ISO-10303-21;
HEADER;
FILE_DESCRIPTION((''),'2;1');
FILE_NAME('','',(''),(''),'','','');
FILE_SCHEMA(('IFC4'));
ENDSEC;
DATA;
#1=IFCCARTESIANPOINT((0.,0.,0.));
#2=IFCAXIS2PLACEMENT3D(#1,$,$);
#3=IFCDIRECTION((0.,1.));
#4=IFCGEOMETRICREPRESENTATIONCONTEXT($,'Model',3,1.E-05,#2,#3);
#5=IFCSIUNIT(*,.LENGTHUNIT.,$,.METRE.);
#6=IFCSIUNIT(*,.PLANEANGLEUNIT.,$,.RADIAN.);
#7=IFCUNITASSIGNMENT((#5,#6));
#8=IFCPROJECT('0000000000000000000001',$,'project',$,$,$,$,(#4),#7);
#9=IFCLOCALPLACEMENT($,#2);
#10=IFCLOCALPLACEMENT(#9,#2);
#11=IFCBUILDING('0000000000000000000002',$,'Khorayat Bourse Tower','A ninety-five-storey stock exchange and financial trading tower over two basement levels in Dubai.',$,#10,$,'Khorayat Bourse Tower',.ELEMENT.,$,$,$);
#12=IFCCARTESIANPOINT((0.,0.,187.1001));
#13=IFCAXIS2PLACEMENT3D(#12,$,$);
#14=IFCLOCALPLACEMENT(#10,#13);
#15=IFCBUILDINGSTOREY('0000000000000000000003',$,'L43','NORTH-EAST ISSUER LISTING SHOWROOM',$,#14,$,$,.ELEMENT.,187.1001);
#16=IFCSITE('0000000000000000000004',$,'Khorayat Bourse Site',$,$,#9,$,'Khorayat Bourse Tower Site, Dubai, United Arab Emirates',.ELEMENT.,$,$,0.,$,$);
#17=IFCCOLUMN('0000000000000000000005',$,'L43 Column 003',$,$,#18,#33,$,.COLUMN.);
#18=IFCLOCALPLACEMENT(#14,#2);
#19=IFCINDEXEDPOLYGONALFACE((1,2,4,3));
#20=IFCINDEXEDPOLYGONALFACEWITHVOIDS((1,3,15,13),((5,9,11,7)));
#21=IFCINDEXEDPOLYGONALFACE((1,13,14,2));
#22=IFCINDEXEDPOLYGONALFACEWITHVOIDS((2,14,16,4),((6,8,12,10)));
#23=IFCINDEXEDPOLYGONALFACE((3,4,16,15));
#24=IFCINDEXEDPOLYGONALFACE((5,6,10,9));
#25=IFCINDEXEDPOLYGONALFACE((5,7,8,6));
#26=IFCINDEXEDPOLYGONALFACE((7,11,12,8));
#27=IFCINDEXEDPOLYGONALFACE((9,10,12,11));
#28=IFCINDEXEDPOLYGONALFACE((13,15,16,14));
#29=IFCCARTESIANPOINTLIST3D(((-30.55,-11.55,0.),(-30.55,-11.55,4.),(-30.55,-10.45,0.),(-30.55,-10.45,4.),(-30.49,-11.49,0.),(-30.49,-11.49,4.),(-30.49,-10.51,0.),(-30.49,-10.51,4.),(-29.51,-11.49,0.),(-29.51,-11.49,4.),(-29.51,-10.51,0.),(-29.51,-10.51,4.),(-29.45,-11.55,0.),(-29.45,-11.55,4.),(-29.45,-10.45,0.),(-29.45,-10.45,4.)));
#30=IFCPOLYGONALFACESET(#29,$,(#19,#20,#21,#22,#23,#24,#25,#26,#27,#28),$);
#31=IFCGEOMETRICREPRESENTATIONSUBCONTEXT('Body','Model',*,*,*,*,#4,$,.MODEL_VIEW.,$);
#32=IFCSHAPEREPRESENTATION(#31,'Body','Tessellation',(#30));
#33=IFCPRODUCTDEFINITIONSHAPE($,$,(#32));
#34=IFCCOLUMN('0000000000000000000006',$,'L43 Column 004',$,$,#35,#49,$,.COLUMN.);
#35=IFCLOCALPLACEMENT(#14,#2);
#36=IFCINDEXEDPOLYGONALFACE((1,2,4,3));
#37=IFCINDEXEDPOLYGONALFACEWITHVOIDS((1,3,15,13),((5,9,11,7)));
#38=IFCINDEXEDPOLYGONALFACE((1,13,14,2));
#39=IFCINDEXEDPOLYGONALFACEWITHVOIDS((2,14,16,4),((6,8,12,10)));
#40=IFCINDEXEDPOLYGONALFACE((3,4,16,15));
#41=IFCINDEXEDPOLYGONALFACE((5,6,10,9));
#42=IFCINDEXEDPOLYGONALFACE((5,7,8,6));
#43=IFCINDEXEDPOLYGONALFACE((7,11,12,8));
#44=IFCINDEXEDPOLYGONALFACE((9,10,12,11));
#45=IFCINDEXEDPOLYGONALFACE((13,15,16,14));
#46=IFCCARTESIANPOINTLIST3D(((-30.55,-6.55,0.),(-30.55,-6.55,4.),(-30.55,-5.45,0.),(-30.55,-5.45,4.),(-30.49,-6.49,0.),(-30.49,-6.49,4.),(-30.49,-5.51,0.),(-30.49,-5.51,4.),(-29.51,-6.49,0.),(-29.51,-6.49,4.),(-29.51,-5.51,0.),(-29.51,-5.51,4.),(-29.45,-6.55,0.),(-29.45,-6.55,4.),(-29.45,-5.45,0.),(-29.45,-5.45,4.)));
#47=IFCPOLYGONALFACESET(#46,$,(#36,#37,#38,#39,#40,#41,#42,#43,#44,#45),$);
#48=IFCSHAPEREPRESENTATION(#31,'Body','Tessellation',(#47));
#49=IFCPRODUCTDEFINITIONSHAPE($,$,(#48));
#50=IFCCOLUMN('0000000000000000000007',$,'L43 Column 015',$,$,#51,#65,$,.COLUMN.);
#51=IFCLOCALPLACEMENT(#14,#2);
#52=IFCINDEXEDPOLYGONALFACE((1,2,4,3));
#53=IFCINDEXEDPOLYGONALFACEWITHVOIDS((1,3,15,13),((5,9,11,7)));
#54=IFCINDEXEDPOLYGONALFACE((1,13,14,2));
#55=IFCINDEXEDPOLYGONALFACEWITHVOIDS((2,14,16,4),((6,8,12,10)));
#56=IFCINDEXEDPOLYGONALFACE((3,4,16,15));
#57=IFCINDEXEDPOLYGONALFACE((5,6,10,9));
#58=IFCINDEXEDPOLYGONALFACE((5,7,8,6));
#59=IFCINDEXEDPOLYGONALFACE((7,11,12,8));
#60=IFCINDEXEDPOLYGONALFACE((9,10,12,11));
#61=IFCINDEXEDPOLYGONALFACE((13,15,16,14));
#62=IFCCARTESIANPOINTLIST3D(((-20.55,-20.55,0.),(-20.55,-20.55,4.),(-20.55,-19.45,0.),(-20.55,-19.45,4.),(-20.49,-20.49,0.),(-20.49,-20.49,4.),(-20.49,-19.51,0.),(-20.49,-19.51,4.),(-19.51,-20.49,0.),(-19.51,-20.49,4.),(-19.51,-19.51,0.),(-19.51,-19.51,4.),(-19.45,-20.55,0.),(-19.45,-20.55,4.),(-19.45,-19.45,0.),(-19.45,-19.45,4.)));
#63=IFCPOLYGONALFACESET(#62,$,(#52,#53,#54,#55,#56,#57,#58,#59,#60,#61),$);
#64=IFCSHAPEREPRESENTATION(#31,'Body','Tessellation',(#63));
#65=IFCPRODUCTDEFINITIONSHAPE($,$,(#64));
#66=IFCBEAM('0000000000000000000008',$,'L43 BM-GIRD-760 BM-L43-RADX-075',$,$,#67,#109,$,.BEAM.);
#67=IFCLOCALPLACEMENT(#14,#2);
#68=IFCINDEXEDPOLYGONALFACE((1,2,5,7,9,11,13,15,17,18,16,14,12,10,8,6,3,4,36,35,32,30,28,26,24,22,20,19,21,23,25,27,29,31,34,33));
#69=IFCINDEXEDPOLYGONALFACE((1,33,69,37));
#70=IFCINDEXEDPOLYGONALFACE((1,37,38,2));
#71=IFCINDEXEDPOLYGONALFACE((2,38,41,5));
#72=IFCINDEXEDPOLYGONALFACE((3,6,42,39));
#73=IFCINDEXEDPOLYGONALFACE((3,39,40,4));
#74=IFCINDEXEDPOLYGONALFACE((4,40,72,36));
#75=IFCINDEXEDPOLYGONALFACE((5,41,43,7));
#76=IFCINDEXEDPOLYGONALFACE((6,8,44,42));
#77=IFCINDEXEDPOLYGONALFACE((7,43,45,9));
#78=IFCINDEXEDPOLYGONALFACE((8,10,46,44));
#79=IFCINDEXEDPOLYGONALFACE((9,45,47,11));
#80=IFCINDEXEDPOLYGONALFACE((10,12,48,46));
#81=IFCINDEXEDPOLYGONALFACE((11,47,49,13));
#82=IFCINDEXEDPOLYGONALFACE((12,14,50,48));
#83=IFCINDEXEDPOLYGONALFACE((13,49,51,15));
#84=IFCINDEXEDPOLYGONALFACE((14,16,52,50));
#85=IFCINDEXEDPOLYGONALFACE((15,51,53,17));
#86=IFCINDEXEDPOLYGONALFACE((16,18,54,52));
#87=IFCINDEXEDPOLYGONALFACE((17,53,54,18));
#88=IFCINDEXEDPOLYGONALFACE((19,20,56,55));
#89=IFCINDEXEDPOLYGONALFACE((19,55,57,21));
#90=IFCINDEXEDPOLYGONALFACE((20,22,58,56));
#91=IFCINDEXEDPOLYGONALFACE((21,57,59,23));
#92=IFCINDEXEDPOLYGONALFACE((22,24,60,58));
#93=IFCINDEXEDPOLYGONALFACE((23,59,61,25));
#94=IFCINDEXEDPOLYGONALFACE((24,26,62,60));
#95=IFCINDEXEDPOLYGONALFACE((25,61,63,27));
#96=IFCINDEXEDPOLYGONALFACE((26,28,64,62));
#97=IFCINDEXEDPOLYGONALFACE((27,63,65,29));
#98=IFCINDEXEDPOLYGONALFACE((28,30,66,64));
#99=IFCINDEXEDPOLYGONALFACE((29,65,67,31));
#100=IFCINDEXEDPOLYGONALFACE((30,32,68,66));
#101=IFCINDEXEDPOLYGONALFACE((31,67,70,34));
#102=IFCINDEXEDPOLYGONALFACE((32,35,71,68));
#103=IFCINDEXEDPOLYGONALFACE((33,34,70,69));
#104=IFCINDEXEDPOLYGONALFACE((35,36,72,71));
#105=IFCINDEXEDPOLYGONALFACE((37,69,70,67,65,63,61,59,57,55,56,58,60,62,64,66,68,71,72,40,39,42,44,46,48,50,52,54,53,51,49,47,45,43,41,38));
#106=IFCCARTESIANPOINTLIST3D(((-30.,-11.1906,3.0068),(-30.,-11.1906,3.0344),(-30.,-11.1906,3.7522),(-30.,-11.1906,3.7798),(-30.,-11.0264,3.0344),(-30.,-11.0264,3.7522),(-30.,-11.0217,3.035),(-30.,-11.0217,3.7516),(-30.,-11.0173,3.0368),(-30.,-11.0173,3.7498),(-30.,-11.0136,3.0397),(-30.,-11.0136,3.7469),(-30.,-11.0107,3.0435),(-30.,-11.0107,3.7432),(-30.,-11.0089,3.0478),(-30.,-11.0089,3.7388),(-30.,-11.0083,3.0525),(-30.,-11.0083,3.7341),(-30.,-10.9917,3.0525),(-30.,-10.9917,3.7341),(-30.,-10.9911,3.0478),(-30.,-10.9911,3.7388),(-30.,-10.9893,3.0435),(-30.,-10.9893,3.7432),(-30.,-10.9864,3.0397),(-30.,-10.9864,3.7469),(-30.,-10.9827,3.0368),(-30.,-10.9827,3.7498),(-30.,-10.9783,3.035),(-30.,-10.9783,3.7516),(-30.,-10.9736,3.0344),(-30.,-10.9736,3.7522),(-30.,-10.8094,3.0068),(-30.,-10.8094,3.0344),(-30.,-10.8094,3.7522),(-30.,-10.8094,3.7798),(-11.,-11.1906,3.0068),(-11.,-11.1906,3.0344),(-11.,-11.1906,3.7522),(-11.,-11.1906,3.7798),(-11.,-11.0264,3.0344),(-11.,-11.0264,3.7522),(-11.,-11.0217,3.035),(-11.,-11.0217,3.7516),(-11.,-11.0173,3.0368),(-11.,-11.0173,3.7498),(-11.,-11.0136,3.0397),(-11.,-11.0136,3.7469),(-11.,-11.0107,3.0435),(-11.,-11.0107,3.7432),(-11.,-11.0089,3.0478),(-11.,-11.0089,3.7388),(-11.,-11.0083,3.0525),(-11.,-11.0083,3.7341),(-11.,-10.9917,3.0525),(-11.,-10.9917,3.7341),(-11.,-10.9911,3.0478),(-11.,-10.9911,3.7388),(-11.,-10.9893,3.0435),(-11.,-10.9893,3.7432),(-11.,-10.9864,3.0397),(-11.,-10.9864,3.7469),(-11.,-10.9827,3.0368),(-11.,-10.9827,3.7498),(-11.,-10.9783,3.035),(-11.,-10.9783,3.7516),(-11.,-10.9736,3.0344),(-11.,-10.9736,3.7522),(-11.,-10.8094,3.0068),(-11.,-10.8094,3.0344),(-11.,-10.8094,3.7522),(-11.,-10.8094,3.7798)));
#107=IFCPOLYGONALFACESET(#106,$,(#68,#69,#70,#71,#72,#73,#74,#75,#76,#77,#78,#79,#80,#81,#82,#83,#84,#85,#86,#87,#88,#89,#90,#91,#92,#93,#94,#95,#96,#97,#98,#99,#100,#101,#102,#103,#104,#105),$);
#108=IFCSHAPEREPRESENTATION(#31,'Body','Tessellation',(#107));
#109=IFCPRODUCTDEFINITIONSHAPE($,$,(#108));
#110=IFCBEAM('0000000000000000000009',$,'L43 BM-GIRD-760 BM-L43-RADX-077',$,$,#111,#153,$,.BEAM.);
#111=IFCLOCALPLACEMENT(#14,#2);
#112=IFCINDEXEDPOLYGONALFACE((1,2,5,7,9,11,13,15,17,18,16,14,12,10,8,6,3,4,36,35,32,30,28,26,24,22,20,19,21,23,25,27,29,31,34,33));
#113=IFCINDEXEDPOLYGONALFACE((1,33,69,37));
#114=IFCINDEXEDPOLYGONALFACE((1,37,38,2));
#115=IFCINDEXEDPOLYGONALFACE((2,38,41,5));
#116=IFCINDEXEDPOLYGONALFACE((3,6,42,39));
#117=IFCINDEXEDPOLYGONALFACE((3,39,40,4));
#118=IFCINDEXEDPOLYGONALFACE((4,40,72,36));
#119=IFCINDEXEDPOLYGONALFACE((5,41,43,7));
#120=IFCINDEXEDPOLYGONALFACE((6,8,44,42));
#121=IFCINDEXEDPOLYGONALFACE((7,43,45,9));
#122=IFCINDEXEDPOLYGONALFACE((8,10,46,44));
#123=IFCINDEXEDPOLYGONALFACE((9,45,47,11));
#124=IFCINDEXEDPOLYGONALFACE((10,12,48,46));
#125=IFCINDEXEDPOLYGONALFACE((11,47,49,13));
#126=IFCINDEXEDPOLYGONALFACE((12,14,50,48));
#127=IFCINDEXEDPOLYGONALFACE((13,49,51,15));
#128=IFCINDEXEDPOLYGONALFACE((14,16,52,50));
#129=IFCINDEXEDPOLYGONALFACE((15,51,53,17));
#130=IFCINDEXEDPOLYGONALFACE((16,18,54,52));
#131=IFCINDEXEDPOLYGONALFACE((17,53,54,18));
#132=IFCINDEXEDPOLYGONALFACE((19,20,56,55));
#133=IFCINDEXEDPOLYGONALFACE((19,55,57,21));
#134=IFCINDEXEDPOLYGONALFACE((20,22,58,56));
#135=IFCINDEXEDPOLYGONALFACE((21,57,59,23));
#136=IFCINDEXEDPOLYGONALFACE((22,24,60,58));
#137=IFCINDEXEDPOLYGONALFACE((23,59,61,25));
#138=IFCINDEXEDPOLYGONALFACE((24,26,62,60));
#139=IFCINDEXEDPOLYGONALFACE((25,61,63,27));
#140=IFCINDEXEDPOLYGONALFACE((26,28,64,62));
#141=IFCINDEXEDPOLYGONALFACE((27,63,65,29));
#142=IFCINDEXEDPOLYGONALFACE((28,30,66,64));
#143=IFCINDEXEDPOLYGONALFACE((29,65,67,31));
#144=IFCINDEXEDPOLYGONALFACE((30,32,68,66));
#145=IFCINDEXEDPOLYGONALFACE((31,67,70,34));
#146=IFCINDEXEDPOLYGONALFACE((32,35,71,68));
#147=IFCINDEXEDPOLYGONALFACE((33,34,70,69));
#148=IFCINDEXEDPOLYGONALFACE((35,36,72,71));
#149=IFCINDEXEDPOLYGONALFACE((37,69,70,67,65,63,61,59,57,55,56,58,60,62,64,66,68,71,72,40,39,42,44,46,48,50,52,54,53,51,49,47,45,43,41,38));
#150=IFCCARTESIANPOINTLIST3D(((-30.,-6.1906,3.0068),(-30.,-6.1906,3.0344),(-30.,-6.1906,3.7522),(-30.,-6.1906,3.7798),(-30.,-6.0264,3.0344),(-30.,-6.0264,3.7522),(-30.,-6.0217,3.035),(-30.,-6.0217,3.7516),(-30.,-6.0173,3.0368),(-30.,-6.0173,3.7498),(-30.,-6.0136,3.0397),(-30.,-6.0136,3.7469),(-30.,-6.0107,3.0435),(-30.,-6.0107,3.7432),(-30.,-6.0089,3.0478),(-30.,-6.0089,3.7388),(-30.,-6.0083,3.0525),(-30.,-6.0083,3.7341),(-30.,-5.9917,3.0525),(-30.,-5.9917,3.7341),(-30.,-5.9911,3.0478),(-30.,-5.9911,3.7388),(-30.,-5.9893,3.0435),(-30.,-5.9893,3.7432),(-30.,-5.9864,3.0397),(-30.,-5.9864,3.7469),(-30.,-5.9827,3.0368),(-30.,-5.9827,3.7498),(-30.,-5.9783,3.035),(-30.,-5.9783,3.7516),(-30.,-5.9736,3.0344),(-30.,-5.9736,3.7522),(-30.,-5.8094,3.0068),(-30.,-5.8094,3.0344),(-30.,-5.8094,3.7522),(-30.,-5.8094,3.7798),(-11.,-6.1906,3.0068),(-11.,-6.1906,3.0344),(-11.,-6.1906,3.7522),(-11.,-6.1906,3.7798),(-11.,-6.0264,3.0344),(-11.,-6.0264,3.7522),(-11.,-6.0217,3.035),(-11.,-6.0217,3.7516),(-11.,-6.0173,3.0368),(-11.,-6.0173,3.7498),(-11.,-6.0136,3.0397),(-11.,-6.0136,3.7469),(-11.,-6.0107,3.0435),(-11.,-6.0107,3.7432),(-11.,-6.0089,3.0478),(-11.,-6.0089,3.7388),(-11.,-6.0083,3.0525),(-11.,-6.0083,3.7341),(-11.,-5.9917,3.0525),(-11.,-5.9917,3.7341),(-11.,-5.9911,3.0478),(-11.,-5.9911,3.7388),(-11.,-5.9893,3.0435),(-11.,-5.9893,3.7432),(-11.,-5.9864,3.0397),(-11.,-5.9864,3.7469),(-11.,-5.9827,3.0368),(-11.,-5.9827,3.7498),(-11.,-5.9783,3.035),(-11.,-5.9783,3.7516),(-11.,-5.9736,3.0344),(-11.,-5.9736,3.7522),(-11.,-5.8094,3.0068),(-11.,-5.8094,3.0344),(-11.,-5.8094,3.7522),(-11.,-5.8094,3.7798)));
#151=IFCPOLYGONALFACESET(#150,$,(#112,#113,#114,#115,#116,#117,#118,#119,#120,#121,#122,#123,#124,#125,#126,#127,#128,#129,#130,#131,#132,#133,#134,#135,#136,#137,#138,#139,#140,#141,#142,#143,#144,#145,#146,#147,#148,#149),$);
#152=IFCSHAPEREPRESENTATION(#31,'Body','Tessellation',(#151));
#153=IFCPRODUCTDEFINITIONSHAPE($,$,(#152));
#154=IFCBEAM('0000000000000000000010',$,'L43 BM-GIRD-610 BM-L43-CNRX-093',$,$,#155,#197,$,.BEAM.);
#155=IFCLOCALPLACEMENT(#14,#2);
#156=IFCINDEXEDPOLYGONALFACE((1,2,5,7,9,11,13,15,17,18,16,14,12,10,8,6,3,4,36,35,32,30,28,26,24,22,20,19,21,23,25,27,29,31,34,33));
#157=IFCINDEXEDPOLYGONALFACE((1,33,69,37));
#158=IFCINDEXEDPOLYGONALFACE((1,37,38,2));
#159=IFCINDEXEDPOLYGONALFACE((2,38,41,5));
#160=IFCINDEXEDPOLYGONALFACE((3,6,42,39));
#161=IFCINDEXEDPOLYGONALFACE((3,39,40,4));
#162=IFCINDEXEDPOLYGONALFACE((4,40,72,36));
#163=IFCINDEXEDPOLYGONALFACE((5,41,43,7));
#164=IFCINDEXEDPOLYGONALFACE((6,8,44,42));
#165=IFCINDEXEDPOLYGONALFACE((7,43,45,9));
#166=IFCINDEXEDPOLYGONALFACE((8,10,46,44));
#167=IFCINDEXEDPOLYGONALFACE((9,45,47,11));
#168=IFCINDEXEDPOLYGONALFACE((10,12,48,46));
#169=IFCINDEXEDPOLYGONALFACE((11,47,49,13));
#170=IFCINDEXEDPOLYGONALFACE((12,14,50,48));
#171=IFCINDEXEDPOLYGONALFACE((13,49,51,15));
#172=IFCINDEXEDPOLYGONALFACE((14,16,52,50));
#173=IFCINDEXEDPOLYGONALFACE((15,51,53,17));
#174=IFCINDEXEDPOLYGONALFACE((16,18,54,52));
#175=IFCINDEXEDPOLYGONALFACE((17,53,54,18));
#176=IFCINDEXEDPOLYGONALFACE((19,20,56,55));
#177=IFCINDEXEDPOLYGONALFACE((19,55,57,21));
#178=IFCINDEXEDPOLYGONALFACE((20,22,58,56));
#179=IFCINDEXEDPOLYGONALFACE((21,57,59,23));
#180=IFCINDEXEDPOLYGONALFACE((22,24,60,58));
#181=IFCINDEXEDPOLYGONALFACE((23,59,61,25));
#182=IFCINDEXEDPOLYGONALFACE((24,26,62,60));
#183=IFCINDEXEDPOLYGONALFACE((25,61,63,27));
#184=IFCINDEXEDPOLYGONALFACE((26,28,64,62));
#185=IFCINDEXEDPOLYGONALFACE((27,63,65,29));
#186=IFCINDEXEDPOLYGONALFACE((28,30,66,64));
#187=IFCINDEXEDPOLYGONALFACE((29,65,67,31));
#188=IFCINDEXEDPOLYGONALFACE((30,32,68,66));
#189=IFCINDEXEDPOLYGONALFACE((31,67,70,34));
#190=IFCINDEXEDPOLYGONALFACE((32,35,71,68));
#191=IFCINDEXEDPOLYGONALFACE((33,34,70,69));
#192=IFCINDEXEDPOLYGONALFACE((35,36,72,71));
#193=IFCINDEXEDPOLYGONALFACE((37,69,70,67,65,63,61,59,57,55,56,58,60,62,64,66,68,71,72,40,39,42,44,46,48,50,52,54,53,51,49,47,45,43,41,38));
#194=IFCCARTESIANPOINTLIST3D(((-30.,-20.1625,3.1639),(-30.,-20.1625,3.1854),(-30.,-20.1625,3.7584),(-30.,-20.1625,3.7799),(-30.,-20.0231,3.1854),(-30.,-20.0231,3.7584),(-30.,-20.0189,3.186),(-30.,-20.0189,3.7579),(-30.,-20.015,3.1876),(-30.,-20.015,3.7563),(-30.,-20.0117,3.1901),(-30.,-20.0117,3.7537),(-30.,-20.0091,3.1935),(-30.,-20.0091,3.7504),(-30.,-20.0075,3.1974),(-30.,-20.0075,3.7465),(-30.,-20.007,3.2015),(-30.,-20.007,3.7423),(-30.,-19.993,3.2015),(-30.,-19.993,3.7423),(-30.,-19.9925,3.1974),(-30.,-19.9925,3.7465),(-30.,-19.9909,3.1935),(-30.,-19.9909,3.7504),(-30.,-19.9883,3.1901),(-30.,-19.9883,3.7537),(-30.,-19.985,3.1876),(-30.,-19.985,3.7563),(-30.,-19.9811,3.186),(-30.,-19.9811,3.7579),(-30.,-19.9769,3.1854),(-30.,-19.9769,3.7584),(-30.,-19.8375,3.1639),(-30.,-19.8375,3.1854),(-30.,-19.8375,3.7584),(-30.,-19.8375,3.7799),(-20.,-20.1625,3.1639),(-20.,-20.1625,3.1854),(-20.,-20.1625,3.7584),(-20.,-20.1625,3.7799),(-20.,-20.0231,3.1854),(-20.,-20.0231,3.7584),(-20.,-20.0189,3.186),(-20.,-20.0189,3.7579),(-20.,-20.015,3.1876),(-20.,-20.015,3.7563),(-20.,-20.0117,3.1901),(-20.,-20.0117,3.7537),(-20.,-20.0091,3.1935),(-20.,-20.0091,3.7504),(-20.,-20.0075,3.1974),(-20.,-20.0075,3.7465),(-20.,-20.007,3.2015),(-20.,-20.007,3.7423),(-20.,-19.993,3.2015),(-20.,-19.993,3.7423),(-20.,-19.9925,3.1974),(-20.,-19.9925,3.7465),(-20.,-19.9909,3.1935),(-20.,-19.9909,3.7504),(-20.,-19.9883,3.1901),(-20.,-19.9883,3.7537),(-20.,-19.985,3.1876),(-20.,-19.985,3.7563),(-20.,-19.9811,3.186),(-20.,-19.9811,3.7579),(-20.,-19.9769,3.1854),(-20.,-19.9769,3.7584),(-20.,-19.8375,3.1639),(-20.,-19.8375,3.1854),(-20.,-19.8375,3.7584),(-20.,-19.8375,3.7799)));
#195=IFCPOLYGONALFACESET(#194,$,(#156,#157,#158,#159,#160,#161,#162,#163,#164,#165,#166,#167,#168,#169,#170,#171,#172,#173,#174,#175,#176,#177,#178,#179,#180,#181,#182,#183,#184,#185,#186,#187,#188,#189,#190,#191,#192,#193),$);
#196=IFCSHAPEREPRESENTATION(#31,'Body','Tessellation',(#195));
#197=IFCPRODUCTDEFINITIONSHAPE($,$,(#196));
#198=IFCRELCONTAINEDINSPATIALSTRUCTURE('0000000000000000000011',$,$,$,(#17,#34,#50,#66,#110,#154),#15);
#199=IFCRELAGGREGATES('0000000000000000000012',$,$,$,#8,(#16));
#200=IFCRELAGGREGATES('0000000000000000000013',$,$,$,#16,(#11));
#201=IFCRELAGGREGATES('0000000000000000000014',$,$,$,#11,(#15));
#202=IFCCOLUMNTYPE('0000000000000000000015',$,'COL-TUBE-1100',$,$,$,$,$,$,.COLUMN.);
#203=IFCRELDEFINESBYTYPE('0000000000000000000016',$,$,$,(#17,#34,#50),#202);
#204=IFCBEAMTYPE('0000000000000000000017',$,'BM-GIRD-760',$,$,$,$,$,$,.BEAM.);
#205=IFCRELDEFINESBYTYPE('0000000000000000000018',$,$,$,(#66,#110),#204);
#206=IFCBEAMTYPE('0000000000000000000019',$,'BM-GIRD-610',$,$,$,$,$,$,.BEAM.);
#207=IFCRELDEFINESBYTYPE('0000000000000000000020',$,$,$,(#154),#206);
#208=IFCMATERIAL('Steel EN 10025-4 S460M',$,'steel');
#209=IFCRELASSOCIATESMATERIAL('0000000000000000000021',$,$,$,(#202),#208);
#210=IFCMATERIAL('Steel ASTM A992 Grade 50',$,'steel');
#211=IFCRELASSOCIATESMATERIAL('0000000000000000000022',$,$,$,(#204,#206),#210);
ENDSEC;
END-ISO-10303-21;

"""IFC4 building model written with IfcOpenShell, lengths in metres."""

from ifc_helpers import new_model, si_unit, direction, frame, origin, origin_2d, place, context, subcontext, project, spatial, hollow_rectangle, i_section, extrude, source, transform, mapped, material, material_profile, profile_set, type_object, element, save


model = new_model("IFC4")

# Units and contexts
model_context = context("Model", 3, precision=1e-05, world=origin(), true_north=direction((0.0, 1.0)))
body_context = subcontext(model_context, "Body", "Model", "MODEL_VIEW")
ifc_project = project(units=[si_unit("LENGTHUNIT", "METRE"), si_unit("PLANEANGLEUNIT", "RADIAN")], contexts=[model_context])

# Site, building, storey
site_placement = place(None, origin())
site = spatial("IfcSite", under=ifc_project, at=site_placement, Name="Khorayat Bourse Site", LongName="Khorayat Bourse Tower Site, Dubai, United Arab Emirates", CompositionType="ELEMENT", RefElevation=0.0)
building_placement = place(site_placement, origin())
building = spatial("IfcBuilding", under=site, at=building_placement, Name="Khorayat Bourse Tower", Description="A ninety-five-storey stock exchange and financial trading tower over two basement levels in Dubai.", LongName="Khorayat Bourse Tower", CompositionType="ELEMENT")
storey_placement = place(building_placement, frame((0.0, 0.0, 187.1001)))
storey = spatial("IfcBuildingStorey", under=building, at=storey_placement, Name="L43", Description="NORTH-EAST ISSUER LISTING SHOWROOM", CompositionType="ELEMENT", Elevation=187.1001)

# Columns
ifc_material_1 = material(Name="Steel EN 10025-4 S460M", Category="steel")
ifc_material_profile_1 = material_profile(ifc_material_1, hollow_rectangle(XDim=1.1001, YDim=1.1001, WallThickness=0.0601, at=origin_2d()), Name="BOX 1100x1100x60")
ifc_profile_set_1 = profile_set([ifc_material_profile_1], Name="Steel EN 10025-4 S460M")
column_type = type_object("IfcColumnType", Name="COL-TUBE-1100", PredefinedType="COLUMN", material=ifc_profile_set_1)
shared_shape_1 = source(origin(), body_context, "Body", "SweptSolid", [
    extrude(hollow_rectangle(XDim=1.1001, YDim=1.1001, WallThickness=0.0601, at=origin_2d()), origin(), (0.0, 0.0, 1.0), 4.0),
])
for number, where, z_axis, x_axis, name in (
    (1, (-30.0, -11.0, 0.0), (0.0, 0.0, 1.0), (1.0, 0.0, 0.0), "L43 Column 003"),
    (2, (-30.0, -6.0, 0.0), (0.0, 0.0, 1.0), (1.0, 0.0, 0.0), "L43 Column 004"),
    (3, (-20.0, -20.0, 0.0), (0.0, 0.0, 1.0), (1.0, 0.0, 0.0), "L43 Column 015"),
):
    element("IfcColumn", number, at=place(storey_placement, frame(where, z_axis=z_axis, x_axis=x_axis)), inside=storey, type_object=column_type, Name=name, PredefinedType="COLUMN", context=body_context, shape_type="MappedRepresentation", body=[
        mapped(shared_shape_1, transform((0.0, 0.0, 0.0), scale=1.0)),
    ])

# Beams
ifc_material_2 = material(Name="Steel ASTM A992 Grade 50", Category="steel")
ifc_material_profile_2 = material_profile(ifc_material_2, i_section(OverallWidth=0.3811, OverallDepth=0.7729, WebThickness=0.0166, FlangeThickness=0.0276, FilletRadius=0.0181, at=origin_2d()), Name="W760X257")
ifc_profile_set_2 = profile_set([ifc_material_profile_2], Name="Steel ASTM A992 Grade 50")
beam_type_1 = type_object("IfcBeamType", Name="BM-GIRD-760", PredefinedType="BEAM", material=ifc_profile_set_2)
shared_shape_2 = source(origin(), body_context, "Body", "SweptSolid", [
    extrude(i_section(OverallWidth=0.3811, OverallDepth=0.7729, WebThickness=0.0166, FlangeThickness=0.0276, FilletRadius=0.0181, at=origin_2d()), origin(), (0.0, 0.0, 1.0), 19.0),
])
for number, where, z_axis, x_axis, name in (
    (4, (-30.0, -11.0, 3.3933), (1.0, 0.0, 0.0), (0.0, 1.0, 0.0), "L43 BM-GIRD-760 BM-L43-RADX-075"),
    (5, (-30.0, -6.0, 3.3933), (1.0, 0.0, 0.0), (0.0, 1.0, 0.0), "L43 BM-GIRD-760 BM-L43-RADX-077"),
):
    element("IfcBeam", number, at=place(storey_placement, frame(where, z_axis=z_axis, x_axis=x_axis)), inside=storey, type_object=beam_type_1, Name=name, PredefinedType="BEAM", context=body_context, shape_type="MappedRepresentation", body=[
        mapped(shared_shape_2, transform((0.0, 0.0, 0.0), scale=1.0)),
    ])
ifc_material_profile_3 = material_profile(ifc_material_2, i_section(OverallWidth=0.325, OverallDepth=0.616, WebThickness=0.0139, FlangeThickness=0.0215, FilletRadius=0.0161, at=origin_2d()), Name="W610X174")
ifc_profile_set_3 = profile_set([ifc_material_profile_3], Name="Steel ASTM A992 Grade 50")
beam_type_2 = type_object("IfcBeamType", Name="BM-GIRD-610", PredefinedType="BEAM", material=ifc_profile_set_3)
shared_shape_3 = source(origin(), body_context, "Body", "SweptSolid", [
    extrude(i_section(OverallWidth=0.325, OverallDepth=0.616, WebThickness=0.0139, FlangeThickness=0.0215, FilletRadius=0.0161, at=origin_2d()), origin(), (0.0, 0.0, 1.0), 10.0),
])
beam_1_placement = place(storey_placement, frame((-30.0, -20.0, 3.4719), z_axis=(1.0, 0.0, 0.0), x_axis=(0.0, 1.0, 0.0)))
element("IfcBeam", 6, at=beam_1_placement, inside=storey, type_object=beam_type_2, Name="L43 BM-GIRD-610 BM-L43-CNRX-093", PredefinedType="BEAM", context=body_context, shape_type="MappedRepresentation", body=[
    mapped(shared_shape_3, transform((0.0, 0.0, 0.0), scale=1.0)),
])

save(model, "model.ifc")
